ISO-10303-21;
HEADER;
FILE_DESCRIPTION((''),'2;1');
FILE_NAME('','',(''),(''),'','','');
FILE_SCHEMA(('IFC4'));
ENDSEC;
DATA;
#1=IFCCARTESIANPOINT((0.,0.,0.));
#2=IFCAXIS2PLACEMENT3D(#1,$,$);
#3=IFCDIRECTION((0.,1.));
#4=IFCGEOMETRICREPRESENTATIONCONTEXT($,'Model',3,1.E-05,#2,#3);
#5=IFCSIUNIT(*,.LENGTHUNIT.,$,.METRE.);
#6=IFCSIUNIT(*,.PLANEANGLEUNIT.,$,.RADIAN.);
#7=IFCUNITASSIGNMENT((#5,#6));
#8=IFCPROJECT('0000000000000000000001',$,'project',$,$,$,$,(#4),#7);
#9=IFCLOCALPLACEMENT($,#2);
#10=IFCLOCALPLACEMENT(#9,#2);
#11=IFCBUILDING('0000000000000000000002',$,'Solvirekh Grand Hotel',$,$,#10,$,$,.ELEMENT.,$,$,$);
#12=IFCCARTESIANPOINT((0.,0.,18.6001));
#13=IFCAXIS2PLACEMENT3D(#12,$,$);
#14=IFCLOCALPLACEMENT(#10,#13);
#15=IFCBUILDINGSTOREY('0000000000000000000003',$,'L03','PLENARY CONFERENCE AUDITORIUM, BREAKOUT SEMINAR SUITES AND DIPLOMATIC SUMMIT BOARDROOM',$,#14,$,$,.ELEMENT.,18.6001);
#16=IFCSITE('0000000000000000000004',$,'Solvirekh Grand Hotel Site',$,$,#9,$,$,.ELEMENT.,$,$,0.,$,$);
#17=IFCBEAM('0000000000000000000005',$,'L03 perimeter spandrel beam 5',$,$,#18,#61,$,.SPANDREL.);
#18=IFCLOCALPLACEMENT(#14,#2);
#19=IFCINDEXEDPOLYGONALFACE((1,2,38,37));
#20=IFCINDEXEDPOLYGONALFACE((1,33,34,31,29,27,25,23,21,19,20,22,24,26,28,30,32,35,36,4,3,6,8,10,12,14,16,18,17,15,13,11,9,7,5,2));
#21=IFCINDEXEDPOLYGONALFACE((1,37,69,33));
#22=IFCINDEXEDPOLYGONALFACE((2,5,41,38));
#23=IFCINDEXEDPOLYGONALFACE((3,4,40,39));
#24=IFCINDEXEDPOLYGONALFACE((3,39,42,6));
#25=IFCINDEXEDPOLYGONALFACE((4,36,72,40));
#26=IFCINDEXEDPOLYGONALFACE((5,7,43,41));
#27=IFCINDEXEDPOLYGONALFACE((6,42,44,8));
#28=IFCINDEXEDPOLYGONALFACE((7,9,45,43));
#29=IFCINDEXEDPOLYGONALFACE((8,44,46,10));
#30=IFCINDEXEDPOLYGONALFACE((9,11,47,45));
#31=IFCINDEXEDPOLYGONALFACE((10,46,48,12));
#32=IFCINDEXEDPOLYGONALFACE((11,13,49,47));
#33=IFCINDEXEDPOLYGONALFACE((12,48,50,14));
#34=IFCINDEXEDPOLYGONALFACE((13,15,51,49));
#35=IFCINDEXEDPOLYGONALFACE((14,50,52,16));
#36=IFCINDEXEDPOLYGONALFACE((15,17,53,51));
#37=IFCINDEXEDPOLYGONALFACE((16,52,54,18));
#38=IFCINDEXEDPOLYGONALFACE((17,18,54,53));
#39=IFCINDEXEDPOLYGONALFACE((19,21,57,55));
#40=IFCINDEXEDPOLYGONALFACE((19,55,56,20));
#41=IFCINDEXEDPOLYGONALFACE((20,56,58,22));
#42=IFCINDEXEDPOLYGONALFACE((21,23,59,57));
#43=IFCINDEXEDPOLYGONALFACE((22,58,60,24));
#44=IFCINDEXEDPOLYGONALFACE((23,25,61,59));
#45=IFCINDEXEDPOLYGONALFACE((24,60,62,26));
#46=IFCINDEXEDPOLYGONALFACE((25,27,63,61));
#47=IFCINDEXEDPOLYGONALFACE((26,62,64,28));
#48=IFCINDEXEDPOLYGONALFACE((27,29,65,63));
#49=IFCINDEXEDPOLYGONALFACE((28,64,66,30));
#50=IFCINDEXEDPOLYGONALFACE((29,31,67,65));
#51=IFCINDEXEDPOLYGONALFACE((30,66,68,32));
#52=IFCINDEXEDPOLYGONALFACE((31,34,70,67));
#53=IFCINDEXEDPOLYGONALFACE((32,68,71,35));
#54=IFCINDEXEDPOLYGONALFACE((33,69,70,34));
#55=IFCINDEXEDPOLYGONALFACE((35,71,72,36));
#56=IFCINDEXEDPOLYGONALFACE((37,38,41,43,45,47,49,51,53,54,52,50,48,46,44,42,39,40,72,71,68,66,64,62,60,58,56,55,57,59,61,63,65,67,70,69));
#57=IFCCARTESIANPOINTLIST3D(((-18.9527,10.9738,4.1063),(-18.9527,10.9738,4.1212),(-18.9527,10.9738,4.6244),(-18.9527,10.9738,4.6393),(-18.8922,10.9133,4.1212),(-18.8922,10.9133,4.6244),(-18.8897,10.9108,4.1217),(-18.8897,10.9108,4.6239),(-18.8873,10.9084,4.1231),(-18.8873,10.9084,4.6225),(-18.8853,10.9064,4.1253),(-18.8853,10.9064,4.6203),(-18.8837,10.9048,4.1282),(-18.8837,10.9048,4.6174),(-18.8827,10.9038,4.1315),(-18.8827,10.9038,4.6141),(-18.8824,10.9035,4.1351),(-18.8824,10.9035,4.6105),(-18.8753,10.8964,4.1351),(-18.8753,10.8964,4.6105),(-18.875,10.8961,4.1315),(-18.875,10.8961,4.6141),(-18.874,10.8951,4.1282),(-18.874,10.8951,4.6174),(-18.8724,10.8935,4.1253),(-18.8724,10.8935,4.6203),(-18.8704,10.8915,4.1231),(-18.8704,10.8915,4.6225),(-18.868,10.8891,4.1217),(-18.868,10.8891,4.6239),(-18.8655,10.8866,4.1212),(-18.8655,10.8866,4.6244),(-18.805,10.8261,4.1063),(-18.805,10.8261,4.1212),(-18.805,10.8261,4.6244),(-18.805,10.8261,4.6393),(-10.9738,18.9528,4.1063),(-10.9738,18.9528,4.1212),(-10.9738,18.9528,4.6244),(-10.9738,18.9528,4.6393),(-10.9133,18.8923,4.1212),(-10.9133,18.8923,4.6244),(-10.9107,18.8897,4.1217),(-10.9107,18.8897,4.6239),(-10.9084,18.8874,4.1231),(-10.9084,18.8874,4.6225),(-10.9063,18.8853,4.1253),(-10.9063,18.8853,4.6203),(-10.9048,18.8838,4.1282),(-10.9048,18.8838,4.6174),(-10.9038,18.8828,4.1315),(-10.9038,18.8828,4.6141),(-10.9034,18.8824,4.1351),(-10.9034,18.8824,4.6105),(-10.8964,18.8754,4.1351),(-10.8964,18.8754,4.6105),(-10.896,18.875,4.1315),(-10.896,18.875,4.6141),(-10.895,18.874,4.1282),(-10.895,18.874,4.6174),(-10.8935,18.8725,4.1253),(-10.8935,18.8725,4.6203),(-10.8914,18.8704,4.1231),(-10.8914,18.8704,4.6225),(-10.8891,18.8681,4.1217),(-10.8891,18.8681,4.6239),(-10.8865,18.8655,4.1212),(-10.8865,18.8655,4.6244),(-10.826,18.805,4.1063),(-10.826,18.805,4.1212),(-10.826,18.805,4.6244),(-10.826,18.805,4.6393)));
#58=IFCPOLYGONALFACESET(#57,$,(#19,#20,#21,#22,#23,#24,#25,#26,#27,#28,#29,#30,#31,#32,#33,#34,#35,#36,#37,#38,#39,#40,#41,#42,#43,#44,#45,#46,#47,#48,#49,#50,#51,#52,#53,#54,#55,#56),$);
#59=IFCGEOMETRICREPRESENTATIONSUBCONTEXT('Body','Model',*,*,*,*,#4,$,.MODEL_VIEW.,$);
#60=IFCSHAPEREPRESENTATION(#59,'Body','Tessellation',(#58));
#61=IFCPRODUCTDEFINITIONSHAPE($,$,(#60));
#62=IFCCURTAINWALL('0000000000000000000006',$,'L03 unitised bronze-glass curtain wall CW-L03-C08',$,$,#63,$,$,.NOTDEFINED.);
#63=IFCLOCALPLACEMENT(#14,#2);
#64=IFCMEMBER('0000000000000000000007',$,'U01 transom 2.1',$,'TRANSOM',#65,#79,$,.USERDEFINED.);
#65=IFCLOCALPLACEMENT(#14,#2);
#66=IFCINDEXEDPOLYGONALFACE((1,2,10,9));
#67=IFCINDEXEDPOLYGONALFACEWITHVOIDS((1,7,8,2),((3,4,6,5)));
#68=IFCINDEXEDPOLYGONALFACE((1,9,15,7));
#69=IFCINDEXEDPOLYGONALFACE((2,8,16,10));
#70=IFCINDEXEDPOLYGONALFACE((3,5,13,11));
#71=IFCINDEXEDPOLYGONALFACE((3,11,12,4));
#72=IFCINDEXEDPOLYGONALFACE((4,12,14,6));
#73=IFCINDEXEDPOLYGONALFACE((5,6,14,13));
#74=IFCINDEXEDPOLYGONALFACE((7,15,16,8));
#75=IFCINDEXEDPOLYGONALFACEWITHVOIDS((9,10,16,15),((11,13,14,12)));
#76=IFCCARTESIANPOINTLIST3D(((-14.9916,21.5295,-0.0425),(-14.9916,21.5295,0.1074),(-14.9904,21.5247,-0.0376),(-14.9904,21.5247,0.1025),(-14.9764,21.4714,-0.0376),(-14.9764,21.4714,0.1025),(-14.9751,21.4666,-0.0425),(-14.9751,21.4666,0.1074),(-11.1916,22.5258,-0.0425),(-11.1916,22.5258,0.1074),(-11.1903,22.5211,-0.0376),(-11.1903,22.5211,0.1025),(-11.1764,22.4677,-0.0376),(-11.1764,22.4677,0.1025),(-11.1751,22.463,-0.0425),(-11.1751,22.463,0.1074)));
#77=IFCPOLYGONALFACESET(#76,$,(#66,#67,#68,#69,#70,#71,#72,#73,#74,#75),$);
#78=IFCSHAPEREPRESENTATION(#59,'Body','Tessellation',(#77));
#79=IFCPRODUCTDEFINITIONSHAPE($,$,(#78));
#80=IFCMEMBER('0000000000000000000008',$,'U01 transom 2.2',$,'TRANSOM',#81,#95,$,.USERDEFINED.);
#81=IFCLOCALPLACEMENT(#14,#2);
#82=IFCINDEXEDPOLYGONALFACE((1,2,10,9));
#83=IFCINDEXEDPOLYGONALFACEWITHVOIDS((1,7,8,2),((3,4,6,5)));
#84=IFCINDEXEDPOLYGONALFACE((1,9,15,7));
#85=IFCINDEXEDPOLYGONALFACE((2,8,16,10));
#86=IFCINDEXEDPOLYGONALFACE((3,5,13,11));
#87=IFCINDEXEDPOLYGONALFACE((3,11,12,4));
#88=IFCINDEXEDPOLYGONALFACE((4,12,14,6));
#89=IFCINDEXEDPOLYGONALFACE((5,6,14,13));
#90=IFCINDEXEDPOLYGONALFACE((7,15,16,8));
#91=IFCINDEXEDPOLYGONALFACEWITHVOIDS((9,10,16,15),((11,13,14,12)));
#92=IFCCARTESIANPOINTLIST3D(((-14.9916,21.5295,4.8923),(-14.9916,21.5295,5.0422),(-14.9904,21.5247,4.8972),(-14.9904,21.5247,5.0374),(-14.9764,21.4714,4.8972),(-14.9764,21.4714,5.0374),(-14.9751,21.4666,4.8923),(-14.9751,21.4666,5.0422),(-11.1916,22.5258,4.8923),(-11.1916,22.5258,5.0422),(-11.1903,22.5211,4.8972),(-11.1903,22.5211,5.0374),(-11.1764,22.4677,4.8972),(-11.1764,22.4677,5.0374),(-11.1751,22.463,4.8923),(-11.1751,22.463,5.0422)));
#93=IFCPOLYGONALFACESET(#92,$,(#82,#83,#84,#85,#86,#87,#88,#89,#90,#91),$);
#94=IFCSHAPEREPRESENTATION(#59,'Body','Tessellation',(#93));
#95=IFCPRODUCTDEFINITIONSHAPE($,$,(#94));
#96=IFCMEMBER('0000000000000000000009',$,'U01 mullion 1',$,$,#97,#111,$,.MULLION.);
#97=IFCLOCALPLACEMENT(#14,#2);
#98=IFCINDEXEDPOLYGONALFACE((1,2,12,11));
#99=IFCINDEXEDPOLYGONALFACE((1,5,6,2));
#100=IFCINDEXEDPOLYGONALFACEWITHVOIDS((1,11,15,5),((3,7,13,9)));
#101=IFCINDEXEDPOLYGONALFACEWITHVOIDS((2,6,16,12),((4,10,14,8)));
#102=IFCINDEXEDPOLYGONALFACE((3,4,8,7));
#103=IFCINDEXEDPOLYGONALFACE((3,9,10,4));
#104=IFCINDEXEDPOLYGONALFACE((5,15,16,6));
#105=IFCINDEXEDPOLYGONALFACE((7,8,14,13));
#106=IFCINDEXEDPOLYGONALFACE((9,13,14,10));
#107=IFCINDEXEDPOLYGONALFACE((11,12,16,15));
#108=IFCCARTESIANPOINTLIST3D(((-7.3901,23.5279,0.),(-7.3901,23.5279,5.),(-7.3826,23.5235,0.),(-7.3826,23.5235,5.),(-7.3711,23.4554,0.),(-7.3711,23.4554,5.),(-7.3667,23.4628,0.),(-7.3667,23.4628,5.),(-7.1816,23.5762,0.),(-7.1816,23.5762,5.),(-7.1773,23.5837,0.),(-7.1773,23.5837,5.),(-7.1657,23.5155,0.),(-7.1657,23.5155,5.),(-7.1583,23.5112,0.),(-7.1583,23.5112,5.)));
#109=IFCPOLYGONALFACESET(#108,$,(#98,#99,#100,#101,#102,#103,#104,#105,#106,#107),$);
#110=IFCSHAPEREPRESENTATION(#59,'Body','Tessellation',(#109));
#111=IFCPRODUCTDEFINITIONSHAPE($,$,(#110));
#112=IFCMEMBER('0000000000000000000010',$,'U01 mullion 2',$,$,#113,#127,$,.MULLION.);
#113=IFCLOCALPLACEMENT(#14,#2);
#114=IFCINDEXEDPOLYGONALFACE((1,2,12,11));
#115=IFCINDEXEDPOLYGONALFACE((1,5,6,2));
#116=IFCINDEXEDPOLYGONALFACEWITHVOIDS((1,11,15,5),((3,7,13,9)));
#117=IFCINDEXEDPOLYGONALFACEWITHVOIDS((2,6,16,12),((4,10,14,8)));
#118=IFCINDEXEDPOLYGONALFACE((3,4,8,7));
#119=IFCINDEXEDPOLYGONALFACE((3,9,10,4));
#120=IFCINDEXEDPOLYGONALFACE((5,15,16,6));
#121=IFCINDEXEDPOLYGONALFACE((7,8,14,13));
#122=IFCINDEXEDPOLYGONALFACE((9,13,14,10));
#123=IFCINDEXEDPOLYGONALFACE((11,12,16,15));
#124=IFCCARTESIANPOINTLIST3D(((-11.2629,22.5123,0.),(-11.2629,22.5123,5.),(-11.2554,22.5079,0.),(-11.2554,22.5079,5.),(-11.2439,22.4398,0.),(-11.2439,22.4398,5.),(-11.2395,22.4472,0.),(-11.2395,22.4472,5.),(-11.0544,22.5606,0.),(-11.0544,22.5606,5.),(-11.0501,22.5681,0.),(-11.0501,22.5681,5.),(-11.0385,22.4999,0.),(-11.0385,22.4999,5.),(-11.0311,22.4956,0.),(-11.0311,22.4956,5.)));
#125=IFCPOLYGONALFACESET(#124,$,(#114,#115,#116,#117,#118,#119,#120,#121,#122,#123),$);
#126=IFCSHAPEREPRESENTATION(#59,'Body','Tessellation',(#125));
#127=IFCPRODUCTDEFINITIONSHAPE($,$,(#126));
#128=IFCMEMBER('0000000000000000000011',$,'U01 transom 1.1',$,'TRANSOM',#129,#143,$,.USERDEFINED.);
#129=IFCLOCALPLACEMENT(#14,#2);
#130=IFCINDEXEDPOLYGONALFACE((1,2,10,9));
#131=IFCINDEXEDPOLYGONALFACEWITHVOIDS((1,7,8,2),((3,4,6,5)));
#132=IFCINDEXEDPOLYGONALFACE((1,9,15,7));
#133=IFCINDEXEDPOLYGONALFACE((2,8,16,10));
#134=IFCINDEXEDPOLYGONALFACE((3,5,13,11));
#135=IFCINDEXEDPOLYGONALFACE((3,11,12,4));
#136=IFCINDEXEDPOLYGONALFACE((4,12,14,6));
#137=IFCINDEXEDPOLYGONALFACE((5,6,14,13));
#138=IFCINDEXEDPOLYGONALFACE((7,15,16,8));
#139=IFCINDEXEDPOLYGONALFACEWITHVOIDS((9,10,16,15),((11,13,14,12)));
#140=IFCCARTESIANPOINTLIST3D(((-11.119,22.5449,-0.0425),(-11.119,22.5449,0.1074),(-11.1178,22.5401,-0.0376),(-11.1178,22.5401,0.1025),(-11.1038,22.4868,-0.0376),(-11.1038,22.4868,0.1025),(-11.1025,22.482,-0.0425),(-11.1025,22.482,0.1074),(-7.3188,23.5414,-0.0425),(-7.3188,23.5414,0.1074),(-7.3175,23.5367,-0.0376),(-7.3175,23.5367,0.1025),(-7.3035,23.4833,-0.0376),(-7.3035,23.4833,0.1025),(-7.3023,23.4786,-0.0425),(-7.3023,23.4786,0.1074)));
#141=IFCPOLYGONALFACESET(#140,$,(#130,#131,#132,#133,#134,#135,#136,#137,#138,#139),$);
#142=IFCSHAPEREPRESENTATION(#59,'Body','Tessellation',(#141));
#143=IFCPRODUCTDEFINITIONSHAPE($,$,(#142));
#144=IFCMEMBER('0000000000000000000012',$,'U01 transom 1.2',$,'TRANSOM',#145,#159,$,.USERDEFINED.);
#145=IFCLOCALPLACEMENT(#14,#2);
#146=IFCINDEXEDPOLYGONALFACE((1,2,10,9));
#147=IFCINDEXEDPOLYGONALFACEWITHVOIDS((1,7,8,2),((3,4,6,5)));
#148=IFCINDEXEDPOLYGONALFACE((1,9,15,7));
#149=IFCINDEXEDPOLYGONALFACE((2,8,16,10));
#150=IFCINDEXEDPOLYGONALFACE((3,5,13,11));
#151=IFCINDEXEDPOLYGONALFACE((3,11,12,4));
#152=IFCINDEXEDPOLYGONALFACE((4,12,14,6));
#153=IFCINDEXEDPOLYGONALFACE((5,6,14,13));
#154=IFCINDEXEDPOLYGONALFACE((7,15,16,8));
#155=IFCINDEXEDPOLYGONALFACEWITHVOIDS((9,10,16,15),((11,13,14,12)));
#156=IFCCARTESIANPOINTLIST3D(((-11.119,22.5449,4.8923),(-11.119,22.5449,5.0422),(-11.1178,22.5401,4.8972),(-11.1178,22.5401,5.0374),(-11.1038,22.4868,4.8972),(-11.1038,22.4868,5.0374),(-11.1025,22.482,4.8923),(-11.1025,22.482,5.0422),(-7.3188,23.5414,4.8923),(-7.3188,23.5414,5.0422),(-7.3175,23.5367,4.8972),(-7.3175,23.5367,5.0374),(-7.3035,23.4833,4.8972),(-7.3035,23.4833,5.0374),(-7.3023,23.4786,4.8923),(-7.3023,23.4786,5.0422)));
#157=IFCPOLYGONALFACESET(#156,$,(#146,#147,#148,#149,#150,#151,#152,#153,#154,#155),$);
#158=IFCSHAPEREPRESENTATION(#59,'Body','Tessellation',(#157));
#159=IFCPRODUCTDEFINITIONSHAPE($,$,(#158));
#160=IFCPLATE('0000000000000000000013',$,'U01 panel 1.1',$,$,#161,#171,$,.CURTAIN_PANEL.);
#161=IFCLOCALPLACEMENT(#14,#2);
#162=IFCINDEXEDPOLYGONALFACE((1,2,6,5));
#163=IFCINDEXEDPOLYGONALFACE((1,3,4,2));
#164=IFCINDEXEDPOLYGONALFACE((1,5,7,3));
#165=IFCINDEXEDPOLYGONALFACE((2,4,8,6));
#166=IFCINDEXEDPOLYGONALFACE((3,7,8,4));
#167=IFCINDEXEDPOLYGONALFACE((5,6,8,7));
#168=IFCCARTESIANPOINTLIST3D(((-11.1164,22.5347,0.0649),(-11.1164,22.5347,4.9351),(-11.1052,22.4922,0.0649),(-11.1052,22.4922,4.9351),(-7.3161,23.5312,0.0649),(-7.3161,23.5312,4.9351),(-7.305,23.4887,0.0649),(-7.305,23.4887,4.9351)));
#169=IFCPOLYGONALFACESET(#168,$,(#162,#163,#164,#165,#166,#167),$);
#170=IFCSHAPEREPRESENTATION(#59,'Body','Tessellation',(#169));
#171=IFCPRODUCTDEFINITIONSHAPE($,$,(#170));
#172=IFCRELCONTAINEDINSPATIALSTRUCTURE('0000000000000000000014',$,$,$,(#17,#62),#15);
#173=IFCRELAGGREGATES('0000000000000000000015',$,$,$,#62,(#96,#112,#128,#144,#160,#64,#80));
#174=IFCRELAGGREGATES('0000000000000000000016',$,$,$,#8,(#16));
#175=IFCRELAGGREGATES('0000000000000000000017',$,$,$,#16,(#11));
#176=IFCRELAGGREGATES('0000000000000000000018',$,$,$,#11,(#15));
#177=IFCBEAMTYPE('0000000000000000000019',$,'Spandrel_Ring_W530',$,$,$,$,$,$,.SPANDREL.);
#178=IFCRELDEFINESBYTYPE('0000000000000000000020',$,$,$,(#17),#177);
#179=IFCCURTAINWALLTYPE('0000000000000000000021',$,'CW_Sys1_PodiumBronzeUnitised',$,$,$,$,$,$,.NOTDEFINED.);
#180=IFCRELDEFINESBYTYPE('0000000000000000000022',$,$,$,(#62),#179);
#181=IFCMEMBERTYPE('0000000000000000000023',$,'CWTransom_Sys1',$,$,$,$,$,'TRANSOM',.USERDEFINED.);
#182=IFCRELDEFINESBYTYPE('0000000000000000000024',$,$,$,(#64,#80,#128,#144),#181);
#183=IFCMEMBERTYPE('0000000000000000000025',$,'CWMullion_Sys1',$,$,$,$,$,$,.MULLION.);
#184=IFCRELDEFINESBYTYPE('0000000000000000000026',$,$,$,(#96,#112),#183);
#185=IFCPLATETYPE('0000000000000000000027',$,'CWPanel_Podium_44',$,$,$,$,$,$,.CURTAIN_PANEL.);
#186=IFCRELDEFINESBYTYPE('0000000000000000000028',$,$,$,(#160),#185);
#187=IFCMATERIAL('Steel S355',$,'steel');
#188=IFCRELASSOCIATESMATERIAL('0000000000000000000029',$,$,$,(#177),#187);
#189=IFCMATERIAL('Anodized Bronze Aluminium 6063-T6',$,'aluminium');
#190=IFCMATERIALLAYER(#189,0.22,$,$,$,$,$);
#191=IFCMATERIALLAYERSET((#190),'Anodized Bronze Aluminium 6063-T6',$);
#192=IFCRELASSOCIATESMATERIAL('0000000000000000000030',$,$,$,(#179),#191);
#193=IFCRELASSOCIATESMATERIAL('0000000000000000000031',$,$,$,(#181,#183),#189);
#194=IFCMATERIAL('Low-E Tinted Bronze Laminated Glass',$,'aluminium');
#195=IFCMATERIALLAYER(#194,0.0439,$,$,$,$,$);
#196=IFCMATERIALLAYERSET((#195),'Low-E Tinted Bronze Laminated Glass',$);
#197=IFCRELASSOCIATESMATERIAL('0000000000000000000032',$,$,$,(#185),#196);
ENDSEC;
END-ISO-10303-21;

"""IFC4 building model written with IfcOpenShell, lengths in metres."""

from ifc_helpers import new_model, si_unit, direction, frame, origin, origin_2d, place, context, subcontext, project, spatial, rectangle, hollow_rectangle, i_section, extrude, source, transform, mapped, material, layer, layer_set, material_profile, profile_set, type_object, element, aggregate, save


model = new_model("IFC4")

# Units and contexts
model_context = context("Model", 3, precision=1e-05, world=origin(), true_north=direction((0.0, 1.0)))
body_context = subcontext(model_context, "Body", "Model", "MODEL_VIEW")
ifc_project = project(units=[si_unit("LENGTHUNIT", "METRE"), si_unit("PLANEANGLEUNIT", "RADIAN")], contexts=[model_context])

# Site, building, storey
site_placement = place(None, origin())
site = spatial("IfcSite", under=ifc_project, at=site_placement, Name="Solvirekh Grand Hotel Site", CompositionType="ELEMENT", RefElevation=0.0)
building_placement = place(site_placement, origin())
building = spatial("IfcBuilding", under=site, at=building_placement, Name="Solvirekh Grand Hotel", CompositionType="ELEMENT")
storey_placement = place(building_placement, frame((0.0, 0.0, 18.6001)))
storey = spatial("IfcBuildingStorey", under=building, at=storey_placement, Name="L03", Description="PLENARY CONFERENCE AUDITORIUM, BREAKOUT SEMINAR SUITES AND DIPLOMATIC SUMMIT BOARDROOM", CompositionType="ELEMENT", Elevation=18.6001)

# Beam
ifc_material_1 = material(Name="Steel S355", Category="steel")
ifc_material_profile_1 = material_profile(ifc_material_1, i_section(OverallWidth=0.209, OverallDepth=0.533, WebThickness=0.01, FlangeThickness=0.0149, FilletRadius=0.0139, at=origin_2d()), Name="W530X92")
ifc_profile_set_1 = profile_set([ifc_material_profile_1], Name="Steel S355")
beam_type_1 = type_object("IfcBeamType", Name="Spandrel_Ring_W530", PredefinedType="SPANDREL", material=ifc_profile_set_1)
beam_1_placement = place(storey_placement, frame((-10.8999, 18.8789, 4.3728), z_axis=(-0.707107, -0.707107, 0.0), x_axis=(0.707107, -0.707107, 0.0)))
element("IfcBeam", 1, at=beam_1_placement, inside=storey, type_object=beam_type_1, Name="L03 perimeter spandrel beam 5", PredefinedType="SPANDREL", context=body_context, shape_type="SweptSolid", body=[
    extrude(i_section(OverallWidth=0.209, OverallDepth=0.533, WebThickness=0.01, FlangeThickness=0.0149, FilletRadius=0.0139, at=origin_2d()), origin(), (0.0, 0.0, 1.0), 11.2839),
])

# Curtain wall, members, plate
ifc_material_2 = material(Name="Anodized Bronze Aluminium 6063-T6", Category="aluminium")
ifc_layer_1 = layer(ifc_material_2, 0.22)
ifc_layer_set_1 = layer_set([ifc_layer_1], Name="Anodized Bronze Aluminium 6063-T6")
curtain_wall_type = type_object("IfcCurtainWallType", Name="CW_Sys1_PodiumBronzeUnitised", PredefinedType="NOTDEFINED", material=ifc_layer_set_1)
curtain_wall_placement = place(storey_placement, origin())
curtain_wall = element("IfcCurtainWall", 2, at=curtain_wall_placement, inside=storey, type_object=curtain_wall_type, Name="L03 unitised bronze-glass curtain wall CW-L03-C08", PredefinedType="NOTDEFINED")
ifc_material_profile_2 = material_profile(ifc_material_2, hollow_rectangle(XDim=0.0649, YDim=0.1499, WallThickness=0.0049, at=origin_2d()), Name="ALU RHS 150X65X5")
ifc_profile_set_2 = profile_set([ifc_material_profile_2], Name="Anodized Bronze Aluminium 6063-T6")
member_type_1 = type_object("IfcMemberType", Name="CWTransom_Sys1", ElementType="TRANSOM", PredefinedType="USERDEFINED", material=ifc_profile_set_2)
shared_shape_1 = source(origin(), body_context, "Body", "SweptSolid", [
    extrude(hollow_rectangle(XDim=0.0649, YDim=0.1499, WallThickness=0.0049, at=origin_2d()), origin(), (0.0, 0.0, 1.0), 3.9285),
])
member_1_placement = place(storey_placement, frame((-11.1833, 22.4944, 0.0325), z_axis=(-0.967304, -0.253618, 0.0), x_axis=(0.253618, -0.967304, 0.0)))
member_1 = element("IfcMember", 3, at=member_1_placement, type_object=member_type_1, Name="U01 transom 2.1", ObjectType="TRANSOM", PredefinedType="USERDEFINED", context=body_context, shape_type="MappedRepresentation", body=[
    mapped(shared_shape_1, transform((0.0, 0.0, 0.0), x_axis=(1.0, 0.0, 0.0), y_axis=(0.0, 1.0, 0.0), z_axis=(0.0, 0.0, 1.0), scale=1.0)),
])
member_2_placement = place(storey_placement, frame((-11.1833, 22.4944, 4.9673), z_axis=(-0.967304, -0.253618, 0.0), x_axis=(0.253618, -0.967304, 0.0)))
member_2 = element("IfcMember", 4, at=member_2_placement, type_object=member_type_1, Name="U01 transom 2.2", ObjectType="TRANSOM", PredefinedType="USERDEFINED", context=body_context, shape_type="MappedRepresentation", body=[
    mapped(shared_shape_1, transform((0.0, 0.0, 0.0), x_axis=(1.0, 0.0, 0.0), y_axis=(0.0, 1.0, 0.0), z_axis=(0.0, 0.0, 1.0), scale=1.0)),
])
ifc_material_profile_3 = material_profile(ifc_material_2, hollow_rectangle(XDim=0.075, YDim=0.22, WallThickness=0.0061, at=origin_2d()), Name="ALU RHS 220X75X6")
ifc_profile_set_3 = profile_set([ifc_material_profile_3], Name="Anodized Bronze Aluminium 6063-T6")
member_type_2 = type_object("IfcMemberType", Name="CWMullion_Sys1", PredefinedType="MULLION", material=ifc_profile_set_3)
shared_shape_2 = source(origin(), body_context, "Body", "SweptSolid", [
    extrude(hollow_rectangle(XDim=0.075, YDim=0.22, WallThickness=0.0061, at=origin_2d()), origin(), (0.0, 0.0, 1.0), 5.0),
])
member_3_placement = place(storey_placement, frame((-7.2742, 23.5195, 0.0), z_axis=(0.0, 0.0, 1.0), x_axis=(0.253641, -0.967299, 0.0)))
member_3 = element("IfcMember", 5, at=member_3_placement, type_object=member_type_2, Name="U01 mullion 1", PredefinedType="MULLION", context=body_context, shape_type="MappedRepresentation", body=[
    mapped(shared_shape_2, transform((0.0, 0.0, 0.0), x_axis=(1.0, 0.0, 0.0), y_axis=(0.0, 1.0, 0.0), z_axis=(0.0, 0.0, 1.0), scale=1.0)),
])
member_4_placement = place(storey_placement, frame((-11.147, 22.5039, 0.0), z_axis=(0.0, 0.0, 1.0), x_axis=(0.253641, -0.967299, 0.0)))
member_4 = element("IfcMember", 6, at=member_4_placement, type_object=member_type_2, Name="U01 mullion 2", PredefinedType="MULLION", context=body_context, shape_type="MappedRepresentation", body=[
    mapped(shared_shape_2, transform((0.0, 0.0, 0.0), x_axis=(1.0, 0.0, 0.0), y_axis=(0.0, 1.0, 0.0), z_axis=(0.0, 0.0, 1.0), scale=1.0)),
])
shared_shape_3 = source(origin(), body_context, "Body", "SweptSolid", [
    extrude(hollow_rectangle(XDim=0.0649, YDim=0.1499, WallThickness=0.0049, at=origin_2d()), origin(), (0.0, 0.0, 1.0), 3.9287),
])
member_5_placement = place(storey_placement, frame((-7.3105, 23.51, 0.0325), z_axis=(-0.967293, -0.253661, 0.0), x_axis=(0.253661, -0.967293, 0.0)))
member_5 = element("IfcMember", 7, at=member_5_placement, type_object=member_type_1, Name="U01 transom 1.1", ObjectType="TRANSOM", PredefinedType="USERDEFINED", context=body_context, shape_type="MappedRepresentation", body=[
    mapped(shared_shape_3, transform((0.0, 0.0, 0.0), x_axis=(1.0, 0.0, 0.0), y_axis=(0.0, 1.0, 0.0), z_axis=(0.0, 0.0, 1.0), scale=1.0)),
])
member_6_placement = place(storey_placement, frame((-7.3105, 23.51, 4.9673), z_axis=(-0.967293, -0.253661, 0.0), x_axis=(0.253661, -0.967293, 0.0)))
member_6 = element("IfcMember", 8, at=member_6_placement, type_object=member_type_1, Name="U01 transom 1.2", ObjectType="TRANSOM", PredefinedType="USERDEFINED", context=body_context, shape_type="MappedRepresentation", body=[
    mapped(shared_shape_3, transform((0.0, 0.0, 0.0), x_axis=(1.0, 0.0, 0.0), y_axis=(0.0, 1.0, 0.0), z_axis=(0.0, 0.0, 1.0), scale=1.0)),
])
ifc_material_3 = material(Name="Low-E Tinted Bronze Laminated Glass", Category="aluminium")
ifc_layer_2 = layer(ifc_material_3, 0.0439)
ifc_layer_set_2 = layer_set([ifc_layer_2], Name="Low-E Tinted Bronze Laminated Glass")
plate_type = type_object("IfcPlateType", Name="CWPanel_Podium_44", PredefinedType="CURTAIN_PANEL", material=ifc_layer_set_2)
shared_shape_4 = source(origin(), body_context, "Body", "SweptSolid", [
    extrude(rectangle(XDim=3.9287, YDim=0.0439, at=origin_2d()), origin(), (0.0, 0.0, 1.0), 4.8701),
])
plate_1_placement = place(storey_placement, frame((-9.2107, 23.0117, 0.0649), z_axis=(0.0, 0.0, 1.0), x_axis=(-0.967299, -0.253641, 0.0)))
plate_1 = element("IfcPlate", 9, at=plate_1_placement, type_object=plate_type, Name="U01 panel 1.1", PredefinedType="CURTAIN_PANEL", context=body_context, shape_type="MappedRepresentation", body=[
    mapped(shared_shape_4, transform((0.0, 0.0, 0.0), x_axis=(1.0, 0.0, 0.0), y_axis=(0.0, 1.0, 0.0), z_axis=(0.0, 0.0, 1.0), scale=1.0)),
])
aggregate(curtain_wall, [member_3, member_4, member_5, member_6, plate_1, member_1, member_2])

save(model, "model.ifc")
